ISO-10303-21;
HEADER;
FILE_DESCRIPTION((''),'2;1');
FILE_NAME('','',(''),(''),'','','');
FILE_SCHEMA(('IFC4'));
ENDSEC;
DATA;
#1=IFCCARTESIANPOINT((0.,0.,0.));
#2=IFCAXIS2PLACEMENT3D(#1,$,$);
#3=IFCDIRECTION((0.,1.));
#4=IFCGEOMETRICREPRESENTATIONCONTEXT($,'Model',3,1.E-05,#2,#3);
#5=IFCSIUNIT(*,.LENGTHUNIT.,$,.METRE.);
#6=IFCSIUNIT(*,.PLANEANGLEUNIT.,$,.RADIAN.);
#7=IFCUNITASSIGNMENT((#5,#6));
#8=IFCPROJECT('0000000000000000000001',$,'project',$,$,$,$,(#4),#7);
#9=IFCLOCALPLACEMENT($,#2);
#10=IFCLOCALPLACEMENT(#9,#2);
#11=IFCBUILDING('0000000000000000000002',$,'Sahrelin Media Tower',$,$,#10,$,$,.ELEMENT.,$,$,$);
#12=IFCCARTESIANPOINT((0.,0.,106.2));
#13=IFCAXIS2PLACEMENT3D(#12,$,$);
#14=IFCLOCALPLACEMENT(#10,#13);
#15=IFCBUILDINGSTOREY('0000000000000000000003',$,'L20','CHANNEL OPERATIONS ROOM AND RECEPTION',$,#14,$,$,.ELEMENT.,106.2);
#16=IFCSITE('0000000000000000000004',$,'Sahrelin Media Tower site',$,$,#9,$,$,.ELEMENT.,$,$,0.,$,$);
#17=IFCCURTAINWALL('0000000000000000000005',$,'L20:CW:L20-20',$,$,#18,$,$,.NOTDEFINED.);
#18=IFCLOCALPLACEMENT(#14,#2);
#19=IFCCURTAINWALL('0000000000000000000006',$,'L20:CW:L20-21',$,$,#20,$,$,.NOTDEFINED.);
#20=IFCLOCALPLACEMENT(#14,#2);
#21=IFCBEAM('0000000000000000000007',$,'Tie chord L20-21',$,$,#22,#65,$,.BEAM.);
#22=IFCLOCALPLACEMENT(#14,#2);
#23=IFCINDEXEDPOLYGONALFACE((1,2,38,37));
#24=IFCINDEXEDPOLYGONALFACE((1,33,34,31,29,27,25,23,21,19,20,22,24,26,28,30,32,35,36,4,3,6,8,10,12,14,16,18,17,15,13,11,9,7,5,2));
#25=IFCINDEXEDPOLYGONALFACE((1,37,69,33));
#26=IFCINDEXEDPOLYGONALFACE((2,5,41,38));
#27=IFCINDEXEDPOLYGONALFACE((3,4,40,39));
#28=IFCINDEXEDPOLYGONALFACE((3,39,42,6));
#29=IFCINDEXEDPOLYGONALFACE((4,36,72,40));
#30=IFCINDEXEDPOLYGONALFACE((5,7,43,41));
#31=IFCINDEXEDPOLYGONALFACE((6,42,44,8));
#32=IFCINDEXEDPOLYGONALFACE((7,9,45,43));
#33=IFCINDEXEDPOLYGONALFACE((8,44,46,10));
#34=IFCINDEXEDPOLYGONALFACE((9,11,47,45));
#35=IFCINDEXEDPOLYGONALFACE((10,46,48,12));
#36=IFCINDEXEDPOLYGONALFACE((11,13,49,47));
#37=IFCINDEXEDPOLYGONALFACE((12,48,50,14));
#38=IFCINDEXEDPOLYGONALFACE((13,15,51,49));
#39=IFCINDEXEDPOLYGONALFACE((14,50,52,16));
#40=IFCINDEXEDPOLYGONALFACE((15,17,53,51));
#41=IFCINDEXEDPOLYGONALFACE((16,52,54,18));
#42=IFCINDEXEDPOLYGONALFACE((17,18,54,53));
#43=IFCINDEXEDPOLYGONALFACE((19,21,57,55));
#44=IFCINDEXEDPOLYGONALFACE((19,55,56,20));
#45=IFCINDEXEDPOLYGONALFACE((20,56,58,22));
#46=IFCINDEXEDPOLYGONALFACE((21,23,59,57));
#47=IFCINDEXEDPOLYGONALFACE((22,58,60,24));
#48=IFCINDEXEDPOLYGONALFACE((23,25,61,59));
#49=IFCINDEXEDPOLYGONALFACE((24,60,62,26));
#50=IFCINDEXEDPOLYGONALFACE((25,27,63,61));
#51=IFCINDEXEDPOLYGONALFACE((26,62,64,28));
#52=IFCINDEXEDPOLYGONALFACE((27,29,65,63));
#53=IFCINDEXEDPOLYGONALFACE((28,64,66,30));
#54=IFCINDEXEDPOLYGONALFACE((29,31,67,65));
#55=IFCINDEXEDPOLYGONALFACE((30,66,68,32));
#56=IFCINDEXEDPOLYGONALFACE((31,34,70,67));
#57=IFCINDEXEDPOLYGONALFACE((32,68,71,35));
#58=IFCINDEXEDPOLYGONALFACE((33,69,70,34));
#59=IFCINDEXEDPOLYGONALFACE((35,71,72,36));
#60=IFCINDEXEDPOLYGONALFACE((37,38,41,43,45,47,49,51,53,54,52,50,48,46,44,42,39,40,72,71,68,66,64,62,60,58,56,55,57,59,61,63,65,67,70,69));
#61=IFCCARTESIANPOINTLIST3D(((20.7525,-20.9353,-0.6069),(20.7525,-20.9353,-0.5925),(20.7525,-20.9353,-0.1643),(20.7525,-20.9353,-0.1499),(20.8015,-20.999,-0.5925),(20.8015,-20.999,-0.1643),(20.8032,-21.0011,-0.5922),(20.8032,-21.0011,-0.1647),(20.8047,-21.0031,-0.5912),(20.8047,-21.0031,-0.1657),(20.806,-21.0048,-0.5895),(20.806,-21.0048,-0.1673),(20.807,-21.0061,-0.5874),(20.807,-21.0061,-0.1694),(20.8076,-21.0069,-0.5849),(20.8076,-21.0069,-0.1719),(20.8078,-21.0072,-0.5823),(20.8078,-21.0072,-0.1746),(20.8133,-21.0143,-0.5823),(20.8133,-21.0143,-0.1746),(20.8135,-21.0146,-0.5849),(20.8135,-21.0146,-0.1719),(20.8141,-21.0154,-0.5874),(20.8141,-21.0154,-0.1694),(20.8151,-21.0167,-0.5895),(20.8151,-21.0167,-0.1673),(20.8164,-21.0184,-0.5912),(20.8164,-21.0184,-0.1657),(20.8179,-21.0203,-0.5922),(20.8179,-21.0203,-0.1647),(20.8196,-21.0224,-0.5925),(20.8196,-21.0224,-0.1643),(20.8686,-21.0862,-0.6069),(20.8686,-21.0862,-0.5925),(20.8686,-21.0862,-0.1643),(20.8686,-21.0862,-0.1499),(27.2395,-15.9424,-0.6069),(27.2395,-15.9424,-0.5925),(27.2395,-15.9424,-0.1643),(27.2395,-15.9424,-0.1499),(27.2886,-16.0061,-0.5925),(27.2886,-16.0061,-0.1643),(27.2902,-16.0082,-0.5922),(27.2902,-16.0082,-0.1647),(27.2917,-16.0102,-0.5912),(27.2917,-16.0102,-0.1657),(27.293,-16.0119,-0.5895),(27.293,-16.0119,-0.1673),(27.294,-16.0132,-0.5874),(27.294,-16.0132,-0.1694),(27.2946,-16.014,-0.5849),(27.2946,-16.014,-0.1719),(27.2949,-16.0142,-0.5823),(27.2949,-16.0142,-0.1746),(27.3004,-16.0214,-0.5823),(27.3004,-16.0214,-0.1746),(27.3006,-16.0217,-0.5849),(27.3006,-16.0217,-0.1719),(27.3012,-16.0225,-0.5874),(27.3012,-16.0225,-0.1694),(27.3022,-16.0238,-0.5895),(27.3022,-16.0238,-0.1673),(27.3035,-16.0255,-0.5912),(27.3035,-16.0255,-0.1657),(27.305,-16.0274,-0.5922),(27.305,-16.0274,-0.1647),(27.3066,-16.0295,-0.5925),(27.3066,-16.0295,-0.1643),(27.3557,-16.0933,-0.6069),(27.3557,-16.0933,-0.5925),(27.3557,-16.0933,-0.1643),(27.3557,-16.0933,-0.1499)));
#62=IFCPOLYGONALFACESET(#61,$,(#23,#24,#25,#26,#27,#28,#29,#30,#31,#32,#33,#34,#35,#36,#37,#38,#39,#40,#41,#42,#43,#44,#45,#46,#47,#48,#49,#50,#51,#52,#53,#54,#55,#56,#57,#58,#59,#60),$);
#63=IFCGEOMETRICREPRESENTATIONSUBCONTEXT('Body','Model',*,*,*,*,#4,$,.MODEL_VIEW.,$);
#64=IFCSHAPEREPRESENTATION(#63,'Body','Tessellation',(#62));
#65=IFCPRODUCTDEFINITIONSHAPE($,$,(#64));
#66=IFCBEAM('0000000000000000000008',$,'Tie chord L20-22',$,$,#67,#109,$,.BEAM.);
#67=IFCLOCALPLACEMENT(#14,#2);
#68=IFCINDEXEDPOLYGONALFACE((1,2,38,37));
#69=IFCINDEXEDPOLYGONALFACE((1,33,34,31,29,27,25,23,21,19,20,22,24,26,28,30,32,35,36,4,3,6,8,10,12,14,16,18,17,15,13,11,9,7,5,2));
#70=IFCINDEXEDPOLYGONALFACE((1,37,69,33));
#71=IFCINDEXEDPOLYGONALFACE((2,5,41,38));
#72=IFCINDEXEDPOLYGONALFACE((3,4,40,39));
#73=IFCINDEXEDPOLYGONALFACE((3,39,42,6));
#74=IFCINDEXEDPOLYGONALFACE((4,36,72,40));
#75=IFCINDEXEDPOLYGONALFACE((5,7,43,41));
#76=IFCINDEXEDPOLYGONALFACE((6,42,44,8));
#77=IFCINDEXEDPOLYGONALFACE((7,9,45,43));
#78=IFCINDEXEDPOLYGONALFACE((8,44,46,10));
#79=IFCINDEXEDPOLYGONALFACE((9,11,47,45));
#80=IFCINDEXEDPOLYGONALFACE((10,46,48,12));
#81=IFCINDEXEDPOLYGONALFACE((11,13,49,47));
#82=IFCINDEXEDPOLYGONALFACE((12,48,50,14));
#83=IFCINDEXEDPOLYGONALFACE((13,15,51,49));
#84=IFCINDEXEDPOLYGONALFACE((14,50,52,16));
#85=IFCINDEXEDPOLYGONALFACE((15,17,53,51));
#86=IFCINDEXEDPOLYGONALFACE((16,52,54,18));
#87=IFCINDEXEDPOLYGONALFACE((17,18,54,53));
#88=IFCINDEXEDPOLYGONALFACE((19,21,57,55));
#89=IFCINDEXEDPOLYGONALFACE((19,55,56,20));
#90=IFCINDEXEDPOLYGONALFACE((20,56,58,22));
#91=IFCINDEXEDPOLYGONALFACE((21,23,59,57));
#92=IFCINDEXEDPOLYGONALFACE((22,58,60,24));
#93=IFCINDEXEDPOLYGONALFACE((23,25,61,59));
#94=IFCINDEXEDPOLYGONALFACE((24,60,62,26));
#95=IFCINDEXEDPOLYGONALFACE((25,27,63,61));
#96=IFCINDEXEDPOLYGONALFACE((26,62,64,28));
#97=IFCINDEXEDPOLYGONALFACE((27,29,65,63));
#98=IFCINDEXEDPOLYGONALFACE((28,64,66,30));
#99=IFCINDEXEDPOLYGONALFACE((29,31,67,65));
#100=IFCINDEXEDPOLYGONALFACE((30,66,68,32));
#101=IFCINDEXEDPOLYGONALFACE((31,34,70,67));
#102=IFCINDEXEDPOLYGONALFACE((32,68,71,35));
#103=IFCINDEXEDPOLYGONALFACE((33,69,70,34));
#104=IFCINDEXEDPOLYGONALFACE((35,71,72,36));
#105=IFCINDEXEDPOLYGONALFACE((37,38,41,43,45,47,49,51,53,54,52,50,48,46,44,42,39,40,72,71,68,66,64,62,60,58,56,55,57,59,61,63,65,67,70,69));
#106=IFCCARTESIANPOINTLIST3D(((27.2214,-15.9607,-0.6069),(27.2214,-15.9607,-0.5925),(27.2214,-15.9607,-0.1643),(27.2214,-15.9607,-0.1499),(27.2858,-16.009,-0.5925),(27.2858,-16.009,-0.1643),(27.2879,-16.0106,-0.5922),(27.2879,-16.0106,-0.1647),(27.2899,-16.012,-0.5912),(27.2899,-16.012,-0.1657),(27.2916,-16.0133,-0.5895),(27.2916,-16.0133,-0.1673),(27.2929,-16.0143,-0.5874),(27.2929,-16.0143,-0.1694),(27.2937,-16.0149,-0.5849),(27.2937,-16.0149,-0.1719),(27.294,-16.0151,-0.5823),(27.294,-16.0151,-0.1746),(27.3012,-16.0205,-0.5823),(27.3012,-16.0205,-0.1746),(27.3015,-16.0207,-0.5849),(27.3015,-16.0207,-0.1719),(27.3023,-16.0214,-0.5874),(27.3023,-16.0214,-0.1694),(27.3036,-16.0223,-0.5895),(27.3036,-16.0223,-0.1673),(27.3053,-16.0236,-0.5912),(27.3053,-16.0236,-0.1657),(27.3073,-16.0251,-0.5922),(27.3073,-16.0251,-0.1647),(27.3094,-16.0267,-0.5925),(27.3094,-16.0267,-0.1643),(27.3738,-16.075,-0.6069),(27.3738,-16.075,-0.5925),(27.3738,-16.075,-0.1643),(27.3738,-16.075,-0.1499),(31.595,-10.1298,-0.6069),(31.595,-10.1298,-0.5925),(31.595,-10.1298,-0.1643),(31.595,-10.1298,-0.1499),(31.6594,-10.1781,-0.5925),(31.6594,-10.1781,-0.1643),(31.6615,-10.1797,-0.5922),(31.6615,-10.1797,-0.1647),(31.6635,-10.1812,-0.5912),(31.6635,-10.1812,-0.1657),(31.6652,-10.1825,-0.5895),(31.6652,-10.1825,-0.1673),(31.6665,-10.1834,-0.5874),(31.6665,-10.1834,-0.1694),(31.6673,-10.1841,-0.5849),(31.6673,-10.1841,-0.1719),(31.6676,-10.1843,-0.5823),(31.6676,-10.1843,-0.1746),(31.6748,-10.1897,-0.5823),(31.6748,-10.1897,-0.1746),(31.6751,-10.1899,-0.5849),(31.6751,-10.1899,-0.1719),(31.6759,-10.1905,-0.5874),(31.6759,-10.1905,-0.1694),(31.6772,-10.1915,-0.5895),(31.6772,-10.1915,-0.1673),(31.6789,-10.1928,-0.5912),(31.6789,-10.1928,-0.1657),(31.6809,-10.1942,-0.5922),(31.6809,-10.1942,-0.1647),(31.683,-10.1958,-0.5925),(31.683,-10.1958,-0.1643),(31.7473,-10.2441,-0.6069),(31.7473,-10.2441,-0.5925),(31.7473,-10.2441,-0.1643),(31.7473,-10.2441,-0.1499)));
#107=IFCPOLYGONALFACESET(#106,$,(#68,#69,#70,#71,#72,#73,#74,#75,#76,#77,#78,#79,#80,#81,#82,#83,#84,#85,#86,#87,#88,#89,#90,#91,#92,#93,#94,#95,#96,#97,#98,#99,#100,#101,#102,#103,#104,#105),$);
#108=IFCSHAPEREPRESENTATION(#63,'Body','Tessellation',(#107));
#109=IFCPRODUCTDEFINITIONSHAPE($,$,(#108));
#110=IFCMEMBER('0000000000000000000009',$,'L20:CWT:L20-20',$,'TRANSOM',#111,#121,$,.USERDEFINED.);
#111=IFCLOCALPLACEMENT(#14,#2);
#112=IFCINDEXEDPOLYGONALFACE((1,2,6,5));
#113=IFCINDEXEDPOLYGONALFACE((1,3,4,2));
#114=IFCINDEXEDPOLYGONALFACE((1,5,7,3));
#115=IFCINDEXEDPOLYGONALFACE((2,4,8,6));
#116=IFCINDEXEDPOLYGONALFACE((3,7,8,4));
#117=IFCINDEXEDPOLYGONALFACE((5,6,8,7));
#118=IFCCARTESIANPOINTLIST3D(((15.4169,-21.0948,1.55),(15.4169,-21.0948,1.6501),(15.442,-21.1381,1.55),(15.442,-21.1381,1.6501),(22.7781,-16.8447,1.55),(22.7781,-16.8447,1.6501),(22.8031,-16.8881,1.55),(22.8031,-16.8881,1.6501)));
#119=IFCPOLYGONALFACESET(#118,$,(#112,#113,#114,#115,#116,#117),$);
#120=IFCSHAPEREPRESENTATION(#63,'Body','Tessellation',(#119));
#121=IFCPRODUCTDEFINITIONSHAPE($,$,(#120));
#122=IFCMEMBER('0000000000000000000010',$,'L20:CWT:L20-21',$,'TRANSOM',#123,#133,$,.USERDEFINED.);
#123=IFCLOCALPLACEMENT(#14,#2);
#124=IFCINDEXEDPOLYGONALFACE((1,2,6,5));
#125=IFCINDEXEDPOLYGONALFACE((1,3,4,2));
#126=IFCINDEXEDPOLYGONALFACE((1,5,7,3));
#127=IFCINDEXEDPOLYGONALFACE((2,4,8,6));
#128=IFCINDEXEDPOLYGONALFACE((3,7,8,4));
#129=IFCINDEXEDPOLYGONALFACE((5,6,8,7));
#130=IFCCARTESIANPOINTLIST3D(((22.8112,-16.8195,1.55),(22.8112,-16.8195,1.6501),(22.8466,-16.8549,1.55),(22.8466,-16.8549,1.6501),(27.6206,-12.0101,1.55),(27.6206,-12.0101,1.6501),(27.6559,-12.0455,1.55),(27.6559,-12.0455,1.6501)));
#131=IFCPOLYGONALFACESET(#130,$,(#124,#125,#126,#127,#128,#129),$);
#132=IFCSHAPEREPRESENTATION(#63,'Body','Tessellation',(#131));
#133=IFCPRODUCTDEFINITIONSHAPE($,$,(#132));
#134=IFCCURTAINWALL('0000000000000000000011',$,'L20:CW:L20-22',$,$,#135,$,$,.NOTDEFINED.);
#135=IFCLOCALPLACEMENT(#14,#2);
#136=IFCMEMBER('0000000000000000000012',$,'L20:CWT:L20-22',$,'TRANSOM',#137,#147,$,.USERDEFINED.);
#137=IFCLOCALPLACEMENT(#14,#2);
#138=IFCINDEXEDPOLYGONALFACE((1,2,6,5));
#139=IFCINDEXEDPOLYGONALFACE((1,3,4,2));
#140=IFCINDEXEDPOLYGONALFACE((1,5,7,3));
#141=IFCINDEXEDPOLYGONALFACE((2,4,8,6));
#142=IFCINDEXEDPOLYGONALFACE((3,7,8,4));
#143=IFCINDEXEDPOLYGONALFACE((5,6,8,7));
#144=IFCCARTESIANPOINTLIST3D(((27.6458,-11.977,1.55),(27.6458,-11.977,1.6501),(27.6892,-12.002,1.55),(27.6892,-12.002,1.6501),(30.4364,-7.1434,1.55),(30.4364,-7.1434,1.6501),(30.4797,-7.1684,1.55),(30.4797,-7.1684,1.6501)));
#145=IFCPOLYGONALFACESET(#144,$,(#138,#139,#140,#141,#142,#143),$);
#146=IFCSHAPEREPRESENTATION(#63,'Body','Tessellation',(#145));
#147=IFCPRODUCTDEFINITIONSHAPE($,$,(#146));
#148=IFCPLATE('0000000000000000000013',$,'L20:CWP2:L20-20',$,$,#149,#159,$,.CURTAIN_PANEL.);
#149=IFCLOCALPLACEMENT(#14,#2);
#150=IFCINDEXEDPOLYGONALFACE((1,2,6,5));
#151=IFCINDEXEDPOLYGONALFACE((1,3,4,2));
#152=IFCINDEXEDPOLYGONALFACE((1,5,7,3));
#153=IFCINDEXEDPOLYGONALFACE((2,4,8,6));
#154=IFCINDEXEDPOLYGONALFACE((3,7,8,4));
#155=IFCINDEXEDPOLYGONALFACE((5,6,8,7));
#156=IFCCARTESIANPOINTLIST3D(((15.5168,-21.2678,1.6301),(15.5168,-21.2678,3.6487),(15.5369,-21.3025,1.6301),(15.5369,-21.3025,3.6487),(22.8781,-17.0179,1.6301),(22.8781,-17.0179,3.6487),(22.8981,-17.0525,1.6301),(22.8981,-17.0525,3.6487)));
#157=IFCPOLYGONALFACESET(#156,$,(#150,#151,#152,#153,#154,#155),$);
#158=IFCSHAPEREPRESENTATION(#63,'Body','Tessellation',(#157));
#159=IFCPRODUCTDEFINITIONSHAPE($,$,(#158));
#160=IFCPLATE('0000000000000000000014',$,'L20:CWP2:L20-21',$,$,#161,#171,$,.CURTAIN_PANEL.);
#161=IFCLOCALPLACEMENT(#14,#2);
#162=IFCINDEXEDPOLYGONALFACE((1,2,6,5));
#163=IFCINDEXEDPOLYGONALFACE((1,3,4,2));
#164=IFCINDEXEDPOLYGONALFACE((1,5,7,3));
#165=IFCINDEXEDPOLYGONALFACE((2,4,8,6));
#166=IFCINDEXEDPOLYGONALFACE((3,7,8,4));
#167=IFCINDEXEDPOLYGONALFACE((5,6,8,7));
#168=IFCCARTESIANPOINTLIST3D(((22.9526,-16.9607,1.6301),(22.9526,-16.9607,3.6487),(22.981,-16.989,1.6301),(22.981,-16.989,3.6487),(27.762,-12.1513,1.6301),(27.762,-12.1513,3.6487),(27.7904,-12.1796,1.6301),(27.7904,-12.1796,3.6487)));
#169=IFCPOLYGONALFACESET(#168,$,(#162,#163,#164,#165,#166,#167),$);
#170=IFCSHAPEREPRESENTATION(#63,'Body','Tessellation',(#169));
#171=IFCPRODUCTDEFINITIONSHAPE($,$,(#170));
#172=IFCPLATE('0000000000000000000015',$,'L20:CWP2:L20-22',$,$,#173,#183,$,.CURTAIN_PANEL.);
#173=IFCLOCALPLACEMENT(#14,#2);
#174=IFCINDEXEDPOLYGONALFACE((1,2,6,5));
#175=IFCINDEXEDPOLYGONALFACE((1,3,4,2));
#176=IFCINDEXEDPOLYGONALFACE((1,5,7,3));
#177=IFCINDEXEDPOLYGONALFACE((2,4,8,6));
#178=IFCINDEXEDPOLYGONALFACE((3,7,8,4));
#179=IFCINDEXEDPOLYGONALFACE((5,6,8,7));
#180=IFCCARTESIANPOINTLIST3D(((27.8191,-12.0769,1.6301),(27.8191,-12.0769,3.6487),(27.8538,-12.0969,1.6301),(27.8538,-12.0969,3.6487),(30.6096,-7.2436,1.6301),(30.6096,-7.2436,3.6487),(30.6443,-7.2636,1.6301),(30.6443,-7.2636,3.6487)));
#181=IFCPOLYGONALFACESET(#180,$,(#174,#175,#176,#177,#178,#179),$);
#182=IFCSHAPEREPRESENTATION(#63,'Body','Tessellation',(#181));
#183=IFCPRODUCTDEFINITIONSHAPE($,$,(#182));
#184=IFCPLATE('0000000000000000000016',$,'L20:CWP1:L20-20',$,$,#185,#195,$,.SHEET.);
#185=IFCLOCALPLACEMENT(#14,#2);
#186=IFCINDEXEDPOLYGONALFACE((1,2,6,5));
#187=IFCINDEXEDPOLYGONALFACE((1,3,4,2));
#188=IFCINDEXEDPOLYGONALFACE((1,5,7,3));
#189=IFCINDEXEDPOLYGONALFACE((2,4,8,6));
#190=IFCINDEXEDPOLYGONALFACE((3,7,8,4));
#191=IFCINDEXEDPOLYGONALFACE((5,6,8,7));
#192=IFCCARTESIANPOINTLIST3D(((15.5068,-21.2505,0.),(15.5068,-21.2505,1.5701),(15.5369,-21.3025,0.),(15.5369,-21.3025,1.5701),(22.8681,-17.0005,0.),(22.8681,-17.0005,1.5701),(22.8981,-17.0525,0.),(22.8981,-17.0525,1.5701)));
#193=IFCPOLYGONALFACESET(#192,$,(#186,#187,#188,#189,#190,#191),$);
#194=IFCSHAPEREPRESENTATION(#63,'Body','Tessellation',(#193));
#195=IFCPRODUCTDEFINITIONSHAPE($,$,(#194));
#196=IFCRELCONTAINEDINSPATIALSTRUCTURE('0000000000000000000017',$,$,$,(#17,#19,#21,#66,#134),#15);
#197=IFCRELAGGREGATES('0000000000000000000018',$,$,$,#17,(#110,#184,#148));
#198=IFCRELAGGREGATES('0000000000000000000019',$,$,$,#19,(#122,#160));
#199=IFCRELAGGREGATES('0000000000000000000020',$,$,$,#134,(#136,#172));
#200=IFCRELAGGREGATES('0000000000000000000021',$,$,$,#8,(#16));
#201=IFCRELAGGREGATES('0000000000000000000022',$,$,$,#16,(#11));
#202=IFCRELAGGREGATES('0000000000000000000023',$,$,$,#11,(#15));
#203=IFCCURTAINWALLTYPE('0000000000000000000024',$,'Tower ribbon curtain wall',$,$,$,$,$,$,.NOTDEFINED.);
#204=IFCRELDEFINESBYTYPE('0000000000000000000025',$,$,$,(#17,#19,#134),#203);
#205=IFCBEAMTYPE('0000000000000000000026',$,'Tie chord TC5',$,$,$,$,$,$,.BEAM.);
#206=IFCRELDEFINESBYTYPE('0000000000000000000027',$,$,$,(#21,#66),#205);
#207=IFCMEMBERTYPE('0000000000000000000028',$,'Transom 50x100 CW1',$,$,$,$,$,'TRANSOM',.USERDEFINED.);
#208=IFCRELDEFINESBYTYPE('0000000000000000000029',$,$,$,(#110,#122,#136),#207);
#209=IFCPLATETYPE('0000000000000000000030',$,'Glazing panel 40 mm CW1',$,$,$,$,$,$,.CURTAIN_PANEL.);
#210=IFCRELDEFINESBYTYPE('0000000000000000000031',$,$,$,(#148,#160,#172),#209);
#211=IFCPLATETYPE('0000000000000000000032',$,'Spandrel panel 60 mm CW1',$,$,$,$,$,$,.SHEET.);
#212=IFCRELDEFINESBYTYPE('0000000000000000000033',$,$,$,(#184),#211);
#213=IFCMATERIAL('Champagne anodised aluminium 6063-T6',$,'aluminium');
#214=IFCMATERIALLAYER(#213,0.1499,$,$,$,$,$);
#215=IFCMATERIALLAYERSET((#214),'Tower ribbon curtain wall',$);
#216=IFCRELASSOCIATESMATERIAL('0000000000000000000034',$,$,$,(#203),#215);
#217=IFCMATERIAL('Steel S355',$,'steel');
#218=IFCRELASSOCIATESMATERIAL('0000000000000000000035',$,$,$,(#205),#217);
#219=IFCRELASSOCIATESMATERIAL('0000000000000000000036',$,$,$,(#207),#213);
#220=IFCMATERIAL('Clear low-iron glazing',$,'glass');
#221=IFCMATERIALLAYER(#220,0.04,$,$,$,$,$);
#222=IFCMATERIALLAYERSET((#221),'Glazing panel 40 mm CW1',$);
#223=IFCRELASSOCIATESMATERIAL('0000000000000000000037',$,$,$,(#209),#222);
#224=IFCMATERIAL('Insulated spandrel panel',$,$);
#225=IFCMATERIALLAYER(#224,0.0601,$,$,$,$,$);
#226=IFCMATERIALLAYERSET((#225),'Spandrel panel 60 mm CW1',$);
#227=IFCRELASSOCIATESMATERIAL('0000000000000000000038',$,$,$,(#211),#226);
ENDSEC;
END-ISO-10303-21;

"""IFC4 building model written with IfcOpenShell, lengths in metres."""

from ifc_helpers import new_model, si_unit, direction, frame, origin, origin_2d, place, context, subcontext, project, spatial, polyline, rectangle, i_section, outline, extrude, material, layer, layer_set, material_profile, profile_set, type_object, element, aggregate, save


model = new_model("IFC4")

# Units and contexts
model_context = context("Model", 3, precision=1e-05, world=origin(), true_north=direction((0.0, 1.0)))
body_context = subcontext(model_context, "Body", "Model", "MODEL_VIEW")
ifc_project = project(units=[si_unit("LENGTHUNIT", "METRE"), si_unit("PLANEANGLEUNIT", "RADIAN")], contexts=[model_context])

# Site, building, storey
site_placement = place(None, origin())
site = spatial("IfcSite", under=ifc_project, at=site_placement, Name="Sahrelin Media Tower site", CompositionType="ELEMENT", RefElevation=0.0)
building_placement = place(site_placement, origin())
building = spatial("IfcBuilding", under=site, at=building_placement, Name="Sahrelin Media Tower", CompositionType="ELEMENT")
storey_placement = place(building_placement, frame((0.0, 0.0, 106.2)))
storey = spatial("IfcBuildingStorey", under=building, at=storey_placement, Name="L20", Description="CHANNEL OPERATIONS ROOM AND RECEPTION", CompositionType="ELEMENT", Elevation=106.2)

# Shared definitions
ifc_material_1 = material(Name="Steel S355", Category="steel")

# Curtain walls
ifc_material_2 = material(Name="Champagne anodised aluminium 6063-T6", Category="aluminium")
ifc_layer_1 = layer(ifc_material_2, 0.1499)
ifc_layer_set_1 = layer_set([ifc_layer_1], Name="Tower ribbon curtain wall")
curtain_wall_type = type_object("IfcCurtainWallType", Name="Tower ribbon curtain wall", PredefinedType="NOTDEFINED", material=ifc_layer_set_1)
curtain_wall_1_placement = place(storey_placement, frame((19.2075, -19.1604, 0.0), z_axis=(0.0, 0.0, 1.0), x_axis=(1.0, 0.0, 0.0)))
curtain_wall_1 = element("IfcCurtainWall", 1, at=curtain_wall_1_placement, inside=storey, type_object=curtain_wall_type, Name="L20:CW:L20-20", PredefinedType="NOTDEFINED")
curtain_wall_2_placement = place(storey_placement, frame((25.3713, -14.5703, 0.0), z_axis=(0.0, 0.0, 1.0), x_axis=(1.0, 0.0, 0.0)))
curtain_wall_2 = element("IfcCurtainWall", 2, at=curtain_wall_2_placement, inside=storey, type_object=curtain_wall_type, Name="L20:CW:L20-21", PredefinedType="NOTDEFINED")

# Beams
ifc_material_profile_1 = material_profile(ifc_material_1, i_section(OverallWidth=0.1904, OverallDepth=0.457, WebThickness=0.009, FlangeThickness=0.0144, FilletRadius=0.0103, at=origin_2d()), Name="UB 457x191x74")
ifc_profile_set_1 = profile_set([ifc_material_profile_1], Name="Steel S355")
beam_type_1 = type_object("IfcBeamType", Name="Tie chord TC5", PredefinedType="BEAM", material=ifc_profile_set_1)
beam_1_placement = place(storey_placement, frame((20.8105, -21.0107, -0.3784), z_axis=(0.792454, 0.609931, 0.0), x_axis=(-0.609931, 0.792454, 0.0)))
element("IfcBeam", 3, at=beam_1_placement, inside=storey, type_object=beam_type_1, Name="Tie chord L20-21", PredefinedType="BEAM", context=body_context, shape_type="SweptSolid", body=[
    extrude(i_section(OverallWidth=0.1904, OverallDepth=0.457, WebThickness=0.009, FlangeThickness=0.0144, FilletRadius=0.0103, at=origin_2d()), origin(), (0.0, 0.0, 1.0), 8.186),
])
beam_2_placement = place(storey_placement, frame((27.2976, -16.0178, -0.3784), z_axis=(0.600038, 0.799972, 0.0), x_axis=(-0.799972, 0.600038, 0.0)))
element("IfcBeam", 4, at=beam_2_placement, inside=storey, type_object=beam_type_1, Name="Tie chord L20-22", PredefinedType="BEAM", context=body_context, shape_type="SweptSolid", body=[
    extrude(i_section(OverallWidth=0.1904, OverallDepth=0.457, WebThickness=0.009, FlangeThickness=0.0144, FilletRadius=0.0103, at=origin_2d()), origin(), (0.0, 0.0, 1.0), 7.2888),
])

# Members
ifc_material_profile_2 = material_profile(ifc_material_2, rectangle(XDim=0.05, YDim=0.1001, at=origin_2d()), Name="Transom 50x100")
ifc_profile_set_2 = profile_set([ifc_material_profile_2], Name="Champagne anodised aluminium 6063-T6")
member_type_1 = type_object("IfcMemberType", Name="Transom 50x100 CW1", ElementType="TRANSOM", PredefinedType="USERDEFINED", material=ifc_profile_set_2)
member_1_placement = place(storey_placement, frame((15.4294, -21.1165, 1.6001), z_axis=(0.866022, 0.500007, 0.0), x_axis=(-0.500007, 0.866022, 0.0)))
member_1 = element("IfcMember", 5, at=member_1_placement, type_object=member_type_1, Name="L20:CWT:L20-20", ObjectType="TRANSOM", PredefinedType="USERDEFINED", context=body_context, shape_type="SweptSolid", body=[
    extrude(rectangle(XDim=0.05, YDim=0.1001, at=origin_2d()), origin(), (0.0, 0.0, 1.0), 8.5),
])
member_2_placement = place(storey_placement, frame((22.8289, -16.8372, 1.6001), z_axis=(0.707107, 0.707107, 0.0), x_axis=(-0.707107, 0.707107, 0.0)))
member_2 = element("IfcMember", 6, at=member_2_placement, type_object=member_type_1, Name="L20:CWT:L20-21", ObjectType="TRANSOM", PredefinedType="USERDEFINED", context=body_context, shape_type="SweptSolid", body=[
    extrude(rectangle(XDim=0.05, YDim=0.1001, at=origin_2d()), origin(), (0.0, 0.0, 1.0), 6.8015),
])

# Curtain wall, member
curtain_wall_3_placement = place(storey_placement, frame((29.2317, -9.6704, 0.0), z_axis=(0.0, 0.0, 1.0), x_axis=(1.0, 0.0, 0.0)))
curtain_wall_3 = element("IfcCurtainWall", 7, at=curtain_wall_3_placement, inside=storey, type_object=curtain_wall_type, Name="L20:CW:L20-22", PredefinedType="NOTDEFINED")
member_3_placement = place(storey_placement, frame((27.6675, -11.9895, 1.6001), z_axis=(0.499988, 0.866033, 0.0), x_axis=(-0.866033, 0.499988, 0.0)))
member_3 = element("IfcMember", 8, at=member_3_placement, type_object=member_type_1, Name="L20:CWT:L20-22", ObjectType="TRANSOM", PredefinedType="USERDEFINED", context=body_context, shape_type="SweptSolid", body=[
    extrude(rectangle(XDim=0.05, YDim=0.1001, at=origin_2d()), origin(), (0.0, 0.0, 1.0), 5.5813),
])

# Plates
ifc_material_3 = material(Name="Clear low-iron glazing", Category="glass")
ifc_layer_2 = layer(ifc_material_3, 0.04)
ifc_layer_set_2 = layer_set([ifc_layer_2], Name="Glazing panel 40 mm CW1")
plate_type_1 = type_object("IfcPlateType", Name="Glazing panel 40 mm CW1", PredefinedType="CURTAIN_PANEL", material=ifc_layer_set_2)
plate_1_placement = place(storey_placement, frame((15.5369, -21.3025, 1.6301), z_axis=(0.499994, -0.866029, 0.0), x_axis=(0.866029, 0.499994, 0.0)))
plate_1 = element("IfcPlate", 9, at=plate_1_placement, type_object=plate_type_1, Name="L20:CWP2:L20-20", PredefinedType="CURTAIN_PANEL", context=body_context, shape_type="SweptSolid", body=[
    extrude(outline(polyline([(0.0, 0.0), (8.5, 0.0), (8.5, 2.0186), (0.0, 2.0186), (0.0, 0.0)])), origin(), (0.0, 0.0, -1.0), 0.04),
])
plate_2_placement = place(storey_placement, frame((22.981, -16.989, 1.6301), z_axis=(0.707107, -0.707107, 0.0), x_axis=(0.707107, 0.707107, 0.0)))
plate_2 = element("IfcPlate", 10, at=plate_2_placement, type_object=plate_type_1, Name="L20:CWP2:L20-21", PredefinedType="CURTAIN_PANEL", context=body_context, shape_type="SweptSolid", body=[
    extrude(outline(polyline([(0.0, 0.0), (6.8015, 0.0), (6.8015, 2.0186), (0.0, 2.0186), (0.0, 0.0)])), origin(), (0.0, 0.0, -1.0), 0.04),
])
plate_3_placement = place(storey_placement, frame((27.8538, -12.0969, 1.6301), z_axis=(0.866022, -0.500006, 0.0), x_axis=(0.500006, 0.866022, 0.0)))
plate_3 = element("IfcPlate", 11, at=plate_3_placement, type_object=plate_type_1, Name="L20:CWP2:L20-22", PredefinedType="CURTAIN_PANEL", context=body_context, shape_type="SweptSolid", body=[
    extrude(outline(polyline([(0.0, 0.0), (5.5811, 0.0), (5.5811, 2.0186), (0.0, 2.0186), (0.0, 0.0)])), origin(), (0.0, 0.0, -1.0), 0.04),
])
ifc_material_4 = material(Name="Insulated spandrel panel")
ifc_layer_3 = layer(ifc_material_4, 0.0601)
ifc_layer_set_3 = layer_set([ifc_layer_3], Name="Spandrel panel 60 mm CW1")
plate_type_2 = type_object("IfcPlateType", Name="Spandrel panel 60 mm CW1", PredefinedType="SHEET", material=ifc_layer_set_3)
plate_4_placement = place(storey_placement, frame((15.5369, -21.3025, 0.0), z_axis=(0.499994, -0.866029, 0.0), x_axis=(0.866029, 0.499994, 0.0)))
plate_4 = element("IfcPlate", 12, at=plate_4_placement, type_object=plate_type_2, Name="L20:CWP1:L20-20", PredefinedType="SHEET", context=body_context, shape_type="SweptSolid", body=[
    extrude(outline(polyline([(0.0, 0.0), (8.5, 0.0), (8.5, 1.5701), (0.0, 1.5701), (0.0, 0.0)])), origin(), (0.0, 0.0, -1.0), 0.0601),
])
aggregate(curtain_wall_1, [member_1, plate_4, plate_1])
aggregate(curtain_wall_2, [member_2, plate_2])
aggregate(curtain_wall_3, [member_3, plate_3])

save(model, "model.ifc")
